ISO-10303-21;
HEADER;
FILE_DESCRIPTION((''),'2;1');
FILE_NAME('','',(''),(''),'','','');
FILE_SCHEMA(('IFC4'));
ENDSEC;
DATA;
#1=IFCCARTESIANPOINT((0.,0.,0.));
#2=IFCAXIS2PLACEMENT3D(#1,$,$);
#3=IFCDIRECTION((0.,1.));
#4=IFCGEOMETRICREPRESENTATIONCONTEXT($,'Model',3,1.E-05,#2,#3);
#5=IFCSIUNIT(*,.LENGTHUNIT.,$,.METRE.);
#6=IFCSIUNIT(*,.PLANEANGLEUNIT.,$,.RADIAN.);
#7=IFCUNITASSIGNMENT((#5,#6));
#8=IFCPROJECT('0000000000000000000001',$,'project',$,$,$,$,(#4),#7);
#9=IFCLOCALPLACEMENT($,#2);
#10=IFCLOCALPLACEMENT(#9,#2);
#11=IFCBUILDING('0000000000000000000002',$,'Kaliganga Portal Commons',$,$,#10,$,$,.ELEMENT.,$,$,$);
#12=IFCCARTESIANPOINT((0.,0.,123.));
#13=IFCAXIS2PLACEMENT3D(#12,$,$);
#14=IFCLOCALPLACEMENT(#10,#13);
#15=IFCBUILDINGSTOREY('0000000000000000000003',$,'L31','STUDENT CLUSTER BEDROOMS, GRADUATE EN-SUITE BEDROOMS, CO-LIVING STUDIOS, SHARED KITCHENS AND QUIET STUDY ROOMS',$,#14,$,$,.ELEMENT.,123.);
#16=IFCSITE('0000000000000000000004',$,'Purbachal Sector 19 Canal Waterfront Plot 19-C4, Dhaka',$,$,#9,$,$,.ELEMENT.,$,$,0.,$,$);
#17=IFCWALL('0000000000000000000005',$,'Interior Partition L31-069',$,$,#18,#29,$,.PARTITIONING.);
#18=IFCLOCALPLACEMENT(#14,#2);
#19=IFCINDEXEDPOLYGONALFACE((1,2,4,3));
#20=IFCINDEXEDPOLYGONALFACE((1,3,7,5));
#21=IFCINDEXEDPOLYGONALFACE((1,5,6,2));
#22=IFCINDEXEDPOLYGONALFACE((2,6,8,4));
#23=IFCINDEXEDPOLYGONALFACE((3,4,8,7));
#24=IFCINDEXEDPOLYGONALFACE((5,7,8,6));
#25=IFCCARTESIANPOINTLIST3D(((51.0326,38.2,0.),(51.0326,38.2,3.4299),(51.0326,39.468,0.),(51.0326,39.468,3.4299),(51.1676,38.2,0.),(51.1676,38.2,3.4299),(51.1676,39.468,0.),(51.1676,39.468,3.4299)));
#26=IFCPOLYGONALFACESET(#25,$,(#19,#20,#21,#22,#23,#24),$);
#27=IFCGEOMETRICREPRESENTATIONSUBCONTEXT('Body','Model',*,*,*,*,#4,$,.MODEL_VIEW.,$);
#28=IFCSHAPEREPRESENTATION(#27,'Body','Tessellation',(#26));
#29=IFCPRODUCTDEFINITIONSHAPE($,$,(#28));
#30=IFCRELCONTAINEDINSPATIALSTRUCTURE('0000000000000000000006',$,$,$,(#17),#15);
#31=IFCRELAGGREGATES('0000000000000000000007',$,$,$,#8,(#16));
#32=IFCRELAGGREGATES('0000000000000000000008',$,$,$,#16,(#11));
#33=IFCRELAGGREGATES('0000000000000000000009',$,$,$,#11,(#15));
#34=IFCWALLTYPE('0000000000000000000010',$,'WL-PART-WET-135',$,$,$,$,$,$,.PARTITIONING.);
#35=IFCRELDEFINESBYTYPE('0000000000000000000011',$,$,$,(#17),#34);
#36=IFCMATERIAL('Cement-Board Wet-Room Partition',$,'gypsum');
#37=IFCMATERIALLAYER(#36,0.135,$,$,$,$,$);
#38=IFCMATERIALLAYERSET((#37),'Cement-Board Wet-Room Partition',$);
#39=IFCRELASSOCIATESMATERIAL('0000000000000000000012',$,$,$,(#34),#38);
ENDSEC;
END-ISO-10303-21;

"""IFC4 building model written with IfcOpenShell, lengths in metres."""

from ifc_helpers import new_model, si_unit, direction, frame, frame_2d, origin, place, context, subcontext, project, spatial, rectangle, extrude, material, layer, layer_set, type_object, element, save


model = new_model("IFC4")

# Units and contexts
model_context = context("Model", 3, precision=1e-05, world=origin(), true_north=direction((0.0, 1.0)))
body_context = subcontext(model_context, "Body", "Model", "MODEL_VIEW")
ifc_project = project(units=[si_unit("LENGTHUNIT", "METRE"), si_unit("PLANEANGLEUNIT", "RADIAN")], contexts=[model_context])

# Site, building, storey
site_placement = place(None, origin())
site = spatial("IfcSite", under=ifc_project, at=site_placement, Name="Purbachal Sector 19 Canal Waterfront Plot 19-C4, Dhaka", CompositionType="ELEMENT", RefElevation=0.0)
building_placement = place(site_placement, origin())
building = spatial("IfcBuilding", under=site, at=building_placement, Name="Kaliganga Portal Commons", CompositionType="ELEMENT")
storey_placement = place(building_placement, frame((0.0, 0.0, 123.0)))
storey = spatial("IfcBuildingStorey", under=building, at=storey_placement, Name="L31", Description="STUDENT CLUSTER BEDROOMS, GRADUATE EN-SUITE BEDROOMS, CO-LIVING STUDIOS, SHARED KITCHENS AND QUIET STUDY ROOMS", CompositionType="ELEMENT", Elevation=123.0)

# Wall
ifc_material_1 = material(Name="Cement-Board Wet-Room Partition", Category="gypsum")
ifc_layer_1 = layer(ifc_material_1, 0.135)
ifc_layer_set_1 = layer_set([ifc_layer_1], Name="Cement-Board Wet-Room Partition")
wall_type_1 = type_object("IfcWallType", Name="WL-PART-WET-135", PredefinedType="PARTITIONING", material=ifc_layer_set_1)
wall_1_placement = place(storey_placement, frame((51.1001, 38.2, 0.0), z_axis=(0.0, 0.0, 1.0), x_axis=(0.0, 1.0, 0.0)))
element("IfcWall", 1, at=wall_1_placement, inside=storey, type_object=wall_type_1, Name="Interior Partition L31-069", PredefinedType="PARTITIONING", context=body_context, shape_type="SweptSolid", body=[
    extrude(rectangle(XDim=1.2681, YDim=0.135, at=frame_2d((0.634, 0.0))), origin(), (0.0, 0.0, 1.0), 3.4299),
])

save(model, "model.ifc")
